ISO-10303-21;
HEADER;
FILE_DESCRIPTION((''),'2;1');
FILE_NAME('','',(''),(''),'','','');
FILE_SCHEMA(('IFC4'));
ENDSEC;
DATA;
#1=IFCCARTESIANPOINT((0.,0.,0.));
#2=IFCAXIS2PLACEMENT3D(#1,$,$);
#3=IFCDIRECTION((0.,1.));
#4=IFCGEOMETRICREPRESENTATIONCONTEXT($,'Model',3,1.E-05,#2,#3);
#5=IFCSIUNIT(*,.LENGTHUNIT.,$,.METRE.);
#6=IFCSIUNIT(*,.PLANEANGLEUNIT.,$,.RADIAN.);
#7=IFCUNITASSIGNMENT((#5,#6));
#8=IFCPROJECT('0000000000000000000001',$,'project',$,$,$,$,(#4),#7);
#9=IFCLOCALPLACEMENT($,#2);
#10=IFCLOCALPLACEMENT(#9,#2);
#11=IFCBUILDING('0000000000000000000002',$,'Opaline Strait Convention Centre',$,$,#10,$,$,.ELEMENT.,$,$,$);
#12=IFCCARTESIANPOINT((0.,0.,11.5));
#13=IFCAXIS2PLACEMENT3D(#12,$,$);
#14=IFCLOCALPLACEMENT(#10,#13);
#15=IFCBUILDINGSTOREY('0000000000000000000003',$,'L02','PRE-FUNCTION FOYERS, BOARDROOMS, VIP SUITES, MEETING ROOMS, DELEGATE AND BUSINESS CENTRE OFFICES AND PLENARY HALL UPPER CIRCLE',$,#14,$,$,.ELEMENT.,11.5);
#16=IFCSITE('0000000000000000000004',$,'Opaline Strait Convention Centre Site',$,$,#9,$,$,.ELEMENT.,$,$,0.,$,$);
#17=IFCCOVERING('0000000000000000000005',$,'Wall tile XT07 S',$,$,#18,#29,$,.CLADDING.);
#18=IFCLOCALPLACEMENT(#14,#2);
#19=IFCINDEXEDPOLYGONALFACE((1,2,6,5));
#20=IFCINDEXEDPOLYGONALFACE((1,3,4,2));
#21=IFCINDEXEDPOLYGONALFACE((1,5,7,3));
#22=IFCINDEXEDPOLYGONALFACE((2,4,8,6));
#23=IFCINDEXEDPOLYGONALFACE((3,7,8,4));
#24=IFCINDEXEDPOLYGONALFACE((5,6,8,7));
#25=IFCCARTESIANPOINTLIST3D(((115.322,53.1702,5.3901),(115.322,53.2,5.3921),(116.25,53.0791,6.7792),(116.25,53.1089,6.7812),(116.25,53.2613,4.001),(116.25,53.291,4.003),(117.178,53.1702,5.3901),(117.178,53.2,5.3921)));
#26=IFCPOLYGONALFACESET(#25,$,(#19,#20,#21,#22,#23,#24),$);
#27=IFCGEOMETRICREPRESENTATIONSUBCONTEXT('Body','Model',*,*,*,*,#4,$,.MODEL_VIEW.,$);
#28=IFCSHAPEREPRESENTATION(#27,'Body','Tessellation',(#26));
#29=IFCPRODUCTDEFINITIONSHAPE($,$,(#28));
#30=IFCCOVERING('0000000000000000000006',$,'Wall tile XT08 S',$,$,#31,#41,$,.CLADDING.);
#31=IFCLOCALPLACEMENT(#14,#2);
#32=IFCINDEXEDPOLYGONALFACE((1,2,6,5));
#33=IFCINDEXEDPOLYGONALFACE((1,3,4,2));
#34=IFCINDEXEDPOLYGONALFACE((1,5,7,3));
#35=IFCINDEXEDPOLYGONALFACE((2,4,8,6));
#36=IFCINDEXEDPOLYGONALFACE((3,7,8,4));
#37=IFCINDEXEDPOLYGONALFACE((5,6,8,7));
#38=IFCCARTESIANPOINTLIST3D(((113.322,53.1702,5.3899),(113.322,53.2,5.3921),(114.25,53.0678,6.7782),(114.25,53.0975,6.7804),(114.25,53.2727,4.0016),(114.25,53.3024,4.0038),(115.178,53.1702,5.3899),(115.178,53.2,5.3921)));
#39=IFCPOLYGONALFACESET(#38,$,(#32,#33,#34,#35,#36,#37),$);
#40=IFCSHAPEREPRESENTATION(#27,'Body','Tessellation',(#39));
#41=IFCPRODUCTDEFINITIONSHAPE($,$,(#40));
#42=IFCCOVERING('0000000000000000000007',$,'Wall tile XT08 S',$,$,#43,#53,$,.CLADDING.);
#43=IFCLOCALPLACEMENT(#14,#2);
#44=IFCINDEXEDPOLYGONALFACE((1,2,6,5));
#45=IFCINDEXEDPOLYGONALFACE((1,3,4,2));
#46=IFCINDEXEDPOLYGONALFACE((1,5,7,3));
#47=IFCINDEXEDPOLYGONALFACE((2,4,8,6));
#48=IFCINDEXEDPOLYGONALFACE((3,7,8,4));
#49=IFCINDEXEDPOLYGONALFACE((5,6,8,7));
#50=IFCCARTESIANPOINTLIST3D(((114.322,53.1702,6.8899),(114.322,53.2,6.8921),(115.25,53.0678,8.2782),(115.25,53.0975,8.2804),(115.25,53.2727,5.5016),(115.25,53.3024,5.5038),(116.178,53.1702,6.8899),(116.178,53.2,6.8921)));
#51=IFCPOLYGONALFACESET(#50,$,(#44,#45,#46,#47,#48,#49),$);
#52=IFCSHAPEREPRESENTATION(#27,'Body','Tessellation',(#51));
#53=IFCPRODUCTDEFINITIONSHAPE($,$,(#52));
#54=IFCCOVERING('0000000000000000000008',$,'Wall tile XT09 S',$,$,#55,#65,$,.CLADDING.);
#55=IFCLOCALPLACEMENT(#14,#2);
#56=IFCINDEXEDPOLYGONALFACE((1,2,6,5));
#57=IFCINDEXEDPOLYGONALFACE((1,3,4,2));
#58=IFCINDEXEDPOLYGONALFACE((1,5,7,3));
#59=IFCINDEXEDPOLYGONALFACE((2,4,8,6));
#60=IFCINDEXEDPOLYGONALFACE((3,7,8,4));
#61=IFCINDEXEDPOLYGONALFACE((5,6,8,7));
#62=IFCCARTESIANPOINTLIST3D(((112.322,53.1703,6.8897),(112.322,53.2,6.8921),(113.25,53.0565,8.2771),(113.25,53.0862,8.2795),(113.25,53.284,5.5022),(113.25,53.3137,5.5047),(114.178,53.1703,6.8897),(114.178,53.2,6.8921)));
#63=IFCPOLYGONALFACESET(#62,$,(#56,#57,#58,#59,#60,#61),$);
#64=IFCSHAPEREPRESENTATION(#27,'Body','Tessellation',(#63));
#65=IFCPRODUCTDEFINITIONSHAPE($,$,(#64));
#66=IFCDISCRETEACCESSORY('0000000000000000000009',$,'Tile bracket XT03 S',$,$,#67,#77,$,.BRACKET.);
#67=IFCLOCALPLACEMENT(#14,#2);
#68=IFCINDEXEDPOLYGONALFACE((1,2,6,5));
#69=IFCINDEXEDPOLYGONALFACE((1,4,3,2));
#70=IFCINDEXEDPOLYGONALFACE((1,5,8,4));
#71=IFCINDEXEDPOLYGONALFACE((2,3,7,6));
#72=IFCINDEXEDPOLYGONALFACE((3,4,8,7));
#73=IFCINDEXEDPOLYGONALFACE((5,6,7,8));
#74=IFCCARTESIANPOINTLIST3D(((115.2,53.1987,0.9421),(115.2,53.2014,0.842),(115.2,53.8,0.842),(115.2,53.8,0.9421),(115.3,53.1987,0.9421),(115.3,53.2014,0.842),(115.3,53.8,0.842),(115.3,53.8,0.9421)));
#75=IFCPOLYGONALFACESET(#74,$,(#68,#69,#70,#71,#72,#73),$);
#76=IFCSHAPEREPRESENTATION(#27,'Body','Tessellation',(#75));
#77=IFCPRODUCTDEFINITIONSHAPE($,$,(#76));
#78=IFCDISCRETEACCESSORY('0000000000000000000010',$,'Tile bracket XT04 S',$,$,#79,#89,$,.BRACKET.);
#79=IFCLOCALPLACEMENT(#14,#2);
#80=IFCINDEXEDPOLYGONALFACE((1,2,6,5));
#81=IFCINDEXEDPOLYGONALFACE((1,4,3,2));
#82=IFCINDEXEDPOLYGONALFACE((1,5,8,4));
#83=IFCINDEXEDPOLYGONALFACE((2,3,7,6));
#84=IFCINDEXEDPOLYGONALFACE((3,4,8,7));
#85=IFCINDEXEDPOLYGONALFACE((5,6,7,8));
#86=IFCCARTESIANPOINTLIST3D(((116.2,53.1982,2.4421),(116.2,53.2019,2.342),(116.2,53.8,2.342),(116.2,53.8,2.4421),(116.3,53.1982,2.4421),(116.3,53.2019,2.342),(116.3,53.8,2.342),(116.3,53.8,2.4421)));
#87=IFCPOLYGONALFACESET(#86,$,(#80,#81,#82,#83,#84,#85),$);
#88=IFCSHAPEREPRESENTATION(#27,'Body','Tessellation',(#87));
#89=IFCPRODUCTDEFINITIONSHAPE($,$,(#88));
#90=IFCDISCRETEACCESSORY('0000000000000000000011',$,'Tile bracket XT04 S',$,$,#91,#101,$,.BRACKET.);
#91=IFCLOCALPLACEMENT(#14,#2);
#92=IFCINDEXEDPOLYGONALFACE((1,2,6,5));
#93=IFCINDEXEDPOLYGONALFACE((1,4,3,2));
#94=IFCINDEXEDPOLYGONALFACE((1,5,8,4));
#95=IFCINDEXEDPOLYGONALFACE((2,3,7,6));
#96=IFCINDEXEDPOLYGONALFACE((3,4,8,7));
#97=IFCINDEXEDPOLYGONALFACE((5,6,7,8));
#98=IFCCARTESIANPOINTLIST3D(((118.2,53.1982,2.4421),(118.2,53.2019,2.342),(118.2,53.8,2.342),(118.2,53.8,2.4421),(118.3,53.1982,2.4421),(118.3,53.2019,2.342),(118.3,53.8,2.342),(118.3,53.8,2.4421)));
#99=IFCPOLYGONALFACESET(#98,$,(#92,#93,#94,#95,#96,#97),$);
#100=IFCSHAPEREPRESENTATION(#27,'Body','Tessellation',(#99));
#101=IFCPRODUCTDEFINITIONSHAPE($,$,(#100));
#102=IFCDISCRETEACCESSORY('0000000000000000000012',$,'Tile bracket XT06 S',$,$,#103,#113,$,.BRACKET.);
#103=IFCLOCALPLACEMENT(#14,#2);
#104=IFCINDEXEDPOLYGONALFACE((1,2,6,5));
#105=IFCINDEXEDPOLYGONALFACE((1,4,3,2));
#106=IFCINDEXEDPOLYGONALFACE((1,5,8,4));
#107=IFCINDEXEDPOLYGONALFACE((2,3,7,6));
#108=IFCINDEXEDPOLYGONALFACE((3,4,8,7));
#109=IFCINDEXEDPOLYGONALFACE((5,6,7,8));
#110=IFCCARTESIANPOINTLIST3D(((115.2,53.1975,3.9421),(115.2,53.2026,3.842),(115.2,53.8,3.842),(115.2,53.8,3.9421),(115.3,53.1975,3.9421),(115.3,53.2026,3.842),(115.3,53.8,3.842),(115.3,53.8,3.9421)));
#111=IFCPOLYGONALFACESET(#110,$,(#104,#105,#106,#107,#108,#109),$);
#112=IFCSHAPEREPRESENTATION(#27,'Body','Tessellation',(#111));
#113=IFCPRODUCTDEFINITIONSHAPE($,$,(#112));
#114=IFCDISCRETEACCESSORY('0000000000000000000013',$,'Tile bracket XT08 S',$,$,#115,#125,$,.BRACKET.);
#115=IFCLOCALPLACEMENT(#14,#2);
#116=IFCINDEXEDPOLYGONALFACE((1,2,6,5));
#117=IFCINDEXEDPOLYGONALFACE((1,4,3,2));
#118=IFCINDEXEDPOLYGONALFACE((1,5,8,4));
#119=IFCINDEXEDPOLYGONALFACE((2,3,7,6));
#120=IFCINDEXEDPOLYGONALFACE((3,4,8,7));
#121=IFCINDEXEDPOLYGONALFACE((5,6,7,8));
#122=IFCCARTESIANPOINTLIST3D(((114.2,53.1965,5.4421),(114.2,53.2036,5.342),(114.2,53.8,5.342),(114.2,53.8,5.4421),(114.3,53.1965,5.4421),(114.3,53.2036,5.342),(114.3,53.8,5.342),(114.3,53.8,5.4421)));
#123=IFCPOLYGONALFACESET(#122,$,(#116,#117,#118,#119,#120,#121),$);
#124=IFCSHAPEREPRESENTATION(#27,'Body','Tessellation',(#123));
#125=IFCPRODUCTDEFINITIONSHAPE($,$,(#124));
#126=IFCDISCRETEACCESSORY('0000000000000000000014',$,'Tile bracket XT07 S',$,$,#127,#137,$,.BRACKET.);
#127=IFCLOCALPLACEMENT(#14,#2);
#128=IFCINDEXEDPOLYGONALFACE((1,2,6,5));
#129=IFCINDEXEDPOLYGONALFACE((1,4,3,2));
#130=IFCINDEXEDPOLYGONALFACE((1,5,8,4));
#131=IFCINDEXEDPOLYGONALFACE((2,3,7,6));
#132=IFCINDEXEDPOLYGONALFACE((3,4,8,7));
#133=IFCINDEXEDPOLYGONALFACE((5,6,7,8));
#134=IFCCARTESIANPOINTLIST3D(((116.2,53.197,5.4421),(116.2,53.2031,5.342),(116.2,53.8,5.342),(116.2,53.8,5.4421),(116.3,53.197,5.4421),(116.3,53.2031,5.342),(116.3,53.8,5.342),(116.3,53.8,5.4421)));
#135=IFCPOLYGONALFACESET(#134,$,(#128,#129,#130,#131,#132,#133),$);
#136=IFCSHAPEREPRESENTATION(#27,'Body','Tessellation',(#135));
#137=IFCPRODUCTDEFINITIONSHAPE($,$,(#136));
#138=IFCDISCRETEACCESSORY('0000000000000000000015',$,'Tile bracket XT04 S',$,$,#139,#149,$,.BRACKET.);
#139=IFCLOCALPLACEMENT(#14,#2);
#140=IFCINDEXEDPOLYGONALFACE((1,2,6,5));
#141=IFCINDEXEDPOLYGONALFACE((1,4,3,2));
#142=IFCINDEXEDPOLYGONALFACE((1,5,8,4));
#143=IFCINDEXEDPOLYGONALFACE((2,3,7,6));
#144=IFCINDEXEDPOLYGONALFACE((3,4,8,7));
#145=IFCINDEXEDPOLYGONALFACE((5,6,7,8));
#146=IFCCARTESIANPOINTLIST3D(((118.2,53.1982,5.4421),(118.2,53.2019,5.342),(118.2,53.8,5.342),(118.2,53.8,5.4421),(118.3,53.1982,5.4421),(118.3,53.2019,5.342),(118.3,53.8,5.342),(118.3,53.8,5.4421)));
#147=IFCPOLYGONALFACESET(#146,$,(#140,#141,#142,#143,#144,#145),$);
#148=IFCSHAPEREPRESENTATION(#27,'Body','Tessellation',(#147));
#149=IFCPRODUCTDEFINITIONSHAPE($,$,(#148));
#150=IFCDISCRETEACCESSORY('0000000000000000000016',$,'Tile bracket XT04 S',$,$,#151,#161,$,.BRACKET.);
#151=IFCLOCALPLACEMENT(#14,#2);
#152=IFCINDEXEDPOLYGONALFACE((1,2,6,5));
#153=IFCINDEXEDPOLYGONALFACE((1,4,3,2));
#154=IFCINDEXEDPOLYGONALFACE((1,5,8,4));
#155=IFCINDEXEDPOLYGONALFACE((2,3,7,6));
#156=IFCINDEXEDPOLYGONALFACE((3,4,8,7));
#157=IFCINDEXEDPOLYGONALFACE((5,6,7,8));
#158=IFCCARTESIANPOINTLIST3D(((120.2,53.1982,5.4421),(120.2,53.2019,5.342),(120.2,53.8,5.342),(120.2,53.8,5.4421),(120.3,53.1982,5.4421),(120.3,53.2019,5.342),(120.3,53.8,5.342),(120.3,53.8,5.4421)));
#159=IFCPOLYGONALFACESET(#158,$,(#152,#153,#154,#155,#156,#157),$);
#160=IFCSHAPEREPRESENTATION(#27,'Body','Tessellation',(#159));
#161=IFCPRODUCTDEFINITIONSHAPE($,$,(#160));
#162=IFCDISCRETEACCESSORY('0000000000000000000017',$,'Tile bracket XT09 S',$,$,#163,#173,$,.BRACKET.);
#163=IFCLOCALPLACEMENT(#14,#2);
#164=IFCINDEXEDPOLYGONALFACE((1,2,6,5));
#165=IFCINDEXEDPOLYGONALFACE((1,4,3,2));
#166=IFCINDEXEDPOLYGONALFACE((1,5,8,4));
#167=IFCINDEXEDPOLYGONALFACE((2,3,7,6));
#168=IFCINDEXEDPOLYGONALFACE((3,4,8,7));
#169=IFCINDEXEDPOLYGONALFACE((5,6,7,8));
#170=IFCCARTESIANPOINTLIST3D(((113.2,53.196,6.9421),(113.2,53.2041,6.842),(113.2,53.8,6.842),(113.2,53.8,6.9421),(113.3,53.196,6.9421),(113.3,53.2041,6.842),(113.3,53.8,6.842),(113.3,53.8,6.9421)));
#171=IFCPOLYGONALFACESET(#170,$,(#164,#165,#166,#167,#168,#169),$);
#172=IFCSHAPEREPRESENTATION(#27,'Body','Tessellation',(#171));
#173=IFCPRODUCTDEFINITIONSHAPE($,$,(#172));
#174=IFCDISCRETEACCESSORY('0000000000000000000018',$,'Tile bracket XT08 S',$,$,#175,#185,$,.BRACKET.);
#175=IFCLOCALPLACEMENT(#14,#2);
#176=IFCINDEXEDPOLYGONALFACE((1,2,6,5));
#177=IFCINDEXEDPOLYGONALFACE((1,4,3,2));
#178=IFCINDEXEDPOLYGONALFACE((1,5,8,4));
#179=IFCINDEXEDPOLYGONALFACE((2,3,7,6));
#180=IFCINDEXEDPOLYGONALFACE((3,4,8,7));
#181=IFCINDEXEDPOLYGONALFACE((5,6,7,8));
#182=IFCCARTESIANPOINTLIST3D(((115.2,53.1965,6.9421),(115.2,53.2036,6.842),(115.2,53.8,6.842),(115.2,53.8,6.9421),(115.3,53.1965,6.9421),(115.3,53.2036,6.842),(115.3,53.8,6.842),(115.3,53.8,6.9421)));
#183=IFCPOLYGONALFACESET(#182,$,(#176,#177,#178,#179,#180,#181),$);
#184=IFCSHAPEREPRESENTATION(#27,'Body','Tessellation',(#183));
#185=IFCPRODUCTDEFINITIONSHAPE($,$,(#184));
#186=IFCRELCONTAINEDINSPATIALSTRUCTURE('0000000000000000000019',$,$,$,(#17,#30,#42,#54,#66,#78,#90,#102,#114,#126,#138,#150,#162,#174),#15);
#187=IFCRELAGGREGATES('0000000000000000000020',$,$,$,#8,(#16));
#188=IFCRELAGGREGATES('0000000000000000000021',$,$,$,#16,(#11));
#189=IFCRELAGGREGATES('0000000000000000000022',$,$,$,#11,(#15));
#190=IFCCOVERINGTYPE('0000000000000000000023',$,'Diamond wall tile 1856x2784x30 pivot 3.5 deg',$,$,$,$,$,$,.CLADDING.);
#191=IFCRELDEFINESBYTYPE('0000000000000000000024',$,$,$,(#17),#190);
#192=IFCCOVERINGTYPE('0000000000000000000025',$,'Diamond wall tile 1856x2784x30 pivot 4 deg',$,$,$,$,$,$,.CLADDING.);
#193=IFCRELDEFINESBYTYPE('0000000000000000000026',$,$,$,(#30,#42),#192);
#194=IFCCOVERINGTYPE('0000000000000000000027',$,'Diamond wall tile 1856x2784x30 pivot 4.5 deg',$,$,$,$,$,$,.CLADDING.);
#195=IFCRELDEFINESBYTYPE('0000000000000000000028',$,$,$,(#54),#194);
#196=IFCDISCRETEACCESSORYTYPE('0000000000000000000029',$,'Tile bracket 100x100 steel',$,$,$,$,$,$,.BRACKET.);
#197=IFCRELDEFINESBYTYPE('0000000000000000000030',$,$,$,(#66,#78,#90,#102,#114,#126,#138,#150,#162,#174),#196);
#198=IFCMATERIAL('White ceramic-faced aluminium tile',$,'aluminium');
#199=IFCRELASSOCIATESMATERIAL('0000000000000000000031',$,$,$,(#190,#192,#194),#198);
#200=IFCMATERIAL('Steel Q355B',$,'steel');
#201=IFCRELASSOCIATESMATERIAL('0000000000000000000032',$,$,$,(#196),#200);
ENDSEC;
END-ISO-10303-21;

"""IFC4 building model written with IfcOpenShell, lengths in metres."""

from ifc_helpers import new_model, si_unit, direction, frame, origin, place, context, subcontext, project, spatial, polyline, outline, extrude, material, material_profile, profile_set, type_object, element, save


model = new_model("IFC4")

# Units and contexts
model_context = context("Model", 3, precision=1e-05, world=origin(), true_north=direction((0.0, 1.0)))
body_context = subcontext(model_context, "Body", "Model", "MODEL_VIEW")
ifc_project = project(units=[si_unit("LENGTHUNIT", "METRE"), si_unit("PLANEANGLEUNIT", "RADIAN")], contexts=[model_context])

# Site, building, storey
site_placement = place(None, origin())
site = spatial("IfcSite", under=ifc_project, at=site_placement, Name="Opaline Strait Convention Centre Site", CompositionType="ELEMENT", RefElevation=0.0)
building_placement = place(site_placement, origin())
building = spatial("IfcBuilding", under=site, at=building_placement, Name="Opaline Strait Convention Centre", CompositionType="ELEMENT")
storey_placement = place(building_placement, frame((0.0, 0.0, 11.5)))
storey = spatial("IfcBuildingStorey", under=building, at=storey_placement, Name="L02", Description="PRE-FUNCTION FOYERS, BOARDROOMS, VIP SUITES, MEETING ROOMS, DELEGATE AND BUSINESS CENTRE OFFICES AND PLENARY HALL UPPER CIRCLE", CompositionType="ELEMENT", Elevation=11.5)

# Shared definitions
ifc_material_1 = material(Name="Steel Q355B", Category="steel")

# Coverings
ifc_material_2 = material(Name="White ceramic-faced aluminium tile", Category="aluminium")
ifc_material_profile_1 = material_profile(ifc_material_2, outline(polyline([(0.928, 0.0), (0.0, 1.3921), (-0.928, 0.0), (0.0, -1.3921), (0.928, 0.0)])), Name="Diamond tile 1856x2784")
ifc_profile_set_1 = profile_set([ifc_material_profile_1], Name="White ceramic-faced aluminium tile")
covering_type_1 = type_object("IfcCoveringType", Name="Diamond wall tile 1856x2784x30 pivot 3.5 deg", PredefinedType="CLADDING", material=ifc_profile_set_1)
covering_1_placement = place(storey_placement, frame((116.25, 53.2, 5.3921), z_axis=(0.0, -0.997857, -0.065433), x_axis=(1.0, 0.0, 0.0)))
element("IfcCovering", 1, at=covering_1_placement, inside=storey, type_object=covering_type_1, Name="Wall tile XT07 S", PredefinedType="CLADDING", context=body_context, shape_type="SweptSolid", body=[
    extrude(outline(polyline([(0.928, 0.0), (0.0, 1.3921), (-0.928, 0.0), (0.0, -1.3921), (0.928, 0.0)])), origin(), (0.0, 0.0, 1.0), 0.0298),
])
ifc_material_profile_2 = material_profile(ifc_material_2, outline(polyline([(0.928, 0.0), (0.0, 1.3921), (-0.928, 0.0), (0.0, -1.3921), (0.928, 0.0)])), Name="Diamond tile 1856x2784")
ifc_profile_set_2 = profile_set([ifc_material_profile_2], Name="White ceramic-faced aluminium tile")
covering_type_2 = type_object("IfcCoveringType", Name="Diamond wall tile 1856x2784x30 pivot 4 deg", PredefinedType="CLADDING", material=ifc_profile_set_2)
for number, where, z_axis, x_axis, name in (
    (2, (114.25, 53.2, 5.3921), (0.0, -0.99729, -0.073571), (1.0, 0.0, 0.0), "Wall tile XT08 S"),
    (3, (115.25, 53.2, 6.8921), (0.0, -0.99729, -0.073571), (1.0, 0.0, 0.0), "Wall tile XT08 S"),
):
    element("IfcCovering", number, at=place(storey_placement, frame(where, z_axis=z_axis, x_axis=x_axis)), inside=storey, type_object=covering_type_2, Name=name, PredefinedType="CLADDING", context=body_context, shape_type="SweptSolid", body=[
        extrude(outline(polyline([(0.928, 0.0), (0.0, 1.3921), (-0.928, 0.0), (0.0, -1.3921), (0.928, 0.0)])), origin(), (0.0, 0.0, 1.0), 0.0298),
    ])
ifc_material_profile_3 = material_profile(ifc_material_2, outline(polyline([(0.928, 0.0), (0.0, 1.3921), (-0.928, 0.0), (0.0, -1.3921), (0.928, 0.0)])), Name="Diamond tile 1856x2784")
ifc_profile_set_3 = profile_set([ifc_material_profile_3], Name="White ceramic-faced aluminium tile")
covering_type_3 = type_object("IfcCoveringType", Name="Diamond wall tile 1856x2784x30 pivot 4.5 deg", PredefinedType="CLADDING", material=ifc_profile_set_3)
covering_2_placement = place(storey_placement, frame((113.25, 53.2, 6.8921), z_axis=(0.0, -0.996658, -0.081693), x_axis=(1.0, 0.0, 0.0)))
element("IfcCovering", 4, at=covering_2_placement, inside=storey, type_object=covering_type_3, Name="Wall tile XT09 S", PredefinedType="CLADDING", context=body_context, shape_type="SweptSolid", body=[
    extrude(outline(polyline([(0.928, 0.0), (0.0, 1.3921), (-0.928, 0.0), (0.0, -1.3921), (0.928, 0.0)])), origin(), (0.0, 0.0, 1.0), 0.0298),
])

# Discrete accessories
discrete_accessory_type = type_object("IfcDiscreteAccessoryType", Name="Tile bracket 100x100 steel", PredefinedType="BRACKET", material=ifc_material_1)
discrete_accessory_1_placement = place(storey_placement, frame((115.2, 53.8, 0.8921), z_axis=(1.0, 0.0, 0.0), x_axis=(0.0, 1.0, 0.0)))
element("IfcDiscreteAccessory", 5, at=discrete_accessory_1_placement, inside=storey, type_object=discrete_accessory_type, Name="Tile bracket XT03 S", PredefinedType="BRACKET", context=body_context, shape_type="SweptSolid", body=[
    extrude(outline(polyline([(0.0, -0.05), (0.0, 0.05), (-0.6013, 0.05), (-0.5986, -0.05), (0.0, -0.05)])), origin(), (0.0, 0.0, 1.0), 0.1001),
])
for number, where, z_axis, x_axis, name in (
    (6, (116.2, 53.8, 2.3921), (1.0, 0.0, 0.0), (0.0, 1.0, 0.0), "Tile bracket XT04 S"),
    (7, (118.2, 53.8, 2.3921), (1.0, 0.0, 0.0), (0.0, 1.0, 0.0), "Tile bracket XT04 S"),
):
    element("IfcDiscreteAccessory", number, at=place(storey_placement, frame(where, z_axis=z_axis, x_axis=x_axis)), inside=storey, type_object=discrete_accessory_type, Name=name, PredefinedType="BRACKET", context=body_context, shape_type="SweptSolid", body=[
        extrude(outline(polyline([(0.0, -0.05), (0.0, 0.05), (-0.6018, 0.05), (-0.5981, -0.05), (0.0, -0.05)])), origin(), (0.0, 0.0, 1.0), 0.1001),
    ])
discrete_accessory_2_placement = place(storey_placement, frame((115.2, 53.8, 3.8921), z_axis=(1.0, 0.0, 0.0), x_axis=(0.0, 1.0, 0.0)))
element("IfcDiscreteAccessory", 8, at=discrete_accessory_2_placement, inside=storey, type_object=discrete_accessory_type, Name="Tile bracket XT06 S", PredefinedType="BRACKET", context=body_context, shape_type="SweptSolid", body=[
    extrude(outline(polyline([(0.0, -0.05), (0.0, 0.05), (-0.6025, 0.05), (-0.5974, -0.05), (0.0, -0.05)])), origin(), (0.0, 0.0, 1.0), 0.1001),
])
discrete_accessory_3_placement = place(storey_placement, frame((114.2, 53.8, 5.3921), z_axis=(1.0, 0.0, 0.0), x_axis=(0.0, 1.0, 0.0)))
element("IfcDiscreteAccessory", 9, at=discrete_accessory_3_placement, inside=storey, type_object=discrete_accessory_type, Name="Tile bracket XT08 S", PredefinedType="BRACKET", context=body_context, shape_type="SweptSolid", body=[
    extrude(outline(polyline([(0.0, -0.05), (0.0, 0.05), (-0.6035, 0.05), (-0.5964, -0.05), (0.0, -0.05)])), origin(), (0.0, 0.0, 1.0), 0.1001),
])
discrete_accessory_4_placement = place(storey_placement, frame((116.2, 53.8, 5.3921), z_axis=(1.0, 0.0, 0.0), x_axis=(0.0, 1.0, 0.0)))
element("IfcDiscreteAccessory", 10, at=discrete_accessory_4_placement, inside=storey, type_object=discrete_accessory_type, Name="Tile bracket XT07 S", PredefinedType="BRACKET", context=body_context, shape_type="SweptSolid", body=[
    extrude(outline(polyline([(0.0, -0.05), (0.0, 0.05), (-0.603, 0.05), (-0.5969, -0.05), (0.0, -0.05)])), origin(), (0.0, 0.0, 1.0), 0.1001),
])
for number, where, z_axis, x_axis, name in (
    (11, (118.2, 53.8, 5.3921), (1.0, 0.0, 0.0), (0.0, 1.0, 0.0), "Tile bracket XT04 S"),
    (12, (120.2, 53.8, 5.3921), (1.0, 0.0, 0.0), (0.0, 1.0, 0.0), "Tile bracket XT04 S"),
):
    element("IfcDiscreteAccessory", number, at=place(storey_placement, frame(where, z_axis=z_axis, x_axis=x_axis)), inside=storey, type_object=discrete_accessory_type, Name=name, PredefinedType="BRACKET", context=body_context, shape_type="SweptSolid", body=[
        extrude(outline(polyline([(0.0, -0.05), (0.0, 0.05), (-0.6018, 0.05), (-0.5981, -0.05), (0.0, -0.05)])), origin(), (0.0, 0.0, 1.0), 0.1001),
    ])
discrete_accessory_5_placement = place(storey_placement, frame((113.2, 53.8, 6.8921), z_axis=(1.0, 0.0, 0.0), x_axis=(0.0, 1.0, 0.0)))
element("IfcDiscreteAccessory", 13, at=discrete_accessory_5_placement, inside=storey, type_object=discrete_accessory_type, Name="Tile bracket XT09 S", PredefinedType="BRACKET", context=body_context, shape_type="SweptSolid", body=[
    extrude(outline(polyline([(0.0, -0.05), (0.0, 0.05), (-0.604, 0.05), (-0.5959, -0.05), (0.0, -0.05)])), origin(), (0.0, 0.0, 1.0), 0.1001),
])
discrete_accessory_6_placement = place(storey_placement, frame((115.2, 53.8, 6.8921), z_axis=(1.0, 0.0, 0.0), x_axis=(0.0, 1.0, 0.0)))
element("IfcDiscreteAccessory", 14, at=discrete_accessory_6_placement, inside=storey, type_object=discrete_accessory_type, Name="Tile bracket XT08 S", PredefinedType="BRACKET", context=body_context, shape_type="SweptSolid", body=[
    extrude(outline(polyline([(0.0, -0.05), (0.0, 0.05), (-0.6035, 0.05), (-0.5964, -0.05), (0.0, -0.05)])), origin(), (0.0, 0.0, 1.0), 0.1001),
])

save(model, "model.ifc")
